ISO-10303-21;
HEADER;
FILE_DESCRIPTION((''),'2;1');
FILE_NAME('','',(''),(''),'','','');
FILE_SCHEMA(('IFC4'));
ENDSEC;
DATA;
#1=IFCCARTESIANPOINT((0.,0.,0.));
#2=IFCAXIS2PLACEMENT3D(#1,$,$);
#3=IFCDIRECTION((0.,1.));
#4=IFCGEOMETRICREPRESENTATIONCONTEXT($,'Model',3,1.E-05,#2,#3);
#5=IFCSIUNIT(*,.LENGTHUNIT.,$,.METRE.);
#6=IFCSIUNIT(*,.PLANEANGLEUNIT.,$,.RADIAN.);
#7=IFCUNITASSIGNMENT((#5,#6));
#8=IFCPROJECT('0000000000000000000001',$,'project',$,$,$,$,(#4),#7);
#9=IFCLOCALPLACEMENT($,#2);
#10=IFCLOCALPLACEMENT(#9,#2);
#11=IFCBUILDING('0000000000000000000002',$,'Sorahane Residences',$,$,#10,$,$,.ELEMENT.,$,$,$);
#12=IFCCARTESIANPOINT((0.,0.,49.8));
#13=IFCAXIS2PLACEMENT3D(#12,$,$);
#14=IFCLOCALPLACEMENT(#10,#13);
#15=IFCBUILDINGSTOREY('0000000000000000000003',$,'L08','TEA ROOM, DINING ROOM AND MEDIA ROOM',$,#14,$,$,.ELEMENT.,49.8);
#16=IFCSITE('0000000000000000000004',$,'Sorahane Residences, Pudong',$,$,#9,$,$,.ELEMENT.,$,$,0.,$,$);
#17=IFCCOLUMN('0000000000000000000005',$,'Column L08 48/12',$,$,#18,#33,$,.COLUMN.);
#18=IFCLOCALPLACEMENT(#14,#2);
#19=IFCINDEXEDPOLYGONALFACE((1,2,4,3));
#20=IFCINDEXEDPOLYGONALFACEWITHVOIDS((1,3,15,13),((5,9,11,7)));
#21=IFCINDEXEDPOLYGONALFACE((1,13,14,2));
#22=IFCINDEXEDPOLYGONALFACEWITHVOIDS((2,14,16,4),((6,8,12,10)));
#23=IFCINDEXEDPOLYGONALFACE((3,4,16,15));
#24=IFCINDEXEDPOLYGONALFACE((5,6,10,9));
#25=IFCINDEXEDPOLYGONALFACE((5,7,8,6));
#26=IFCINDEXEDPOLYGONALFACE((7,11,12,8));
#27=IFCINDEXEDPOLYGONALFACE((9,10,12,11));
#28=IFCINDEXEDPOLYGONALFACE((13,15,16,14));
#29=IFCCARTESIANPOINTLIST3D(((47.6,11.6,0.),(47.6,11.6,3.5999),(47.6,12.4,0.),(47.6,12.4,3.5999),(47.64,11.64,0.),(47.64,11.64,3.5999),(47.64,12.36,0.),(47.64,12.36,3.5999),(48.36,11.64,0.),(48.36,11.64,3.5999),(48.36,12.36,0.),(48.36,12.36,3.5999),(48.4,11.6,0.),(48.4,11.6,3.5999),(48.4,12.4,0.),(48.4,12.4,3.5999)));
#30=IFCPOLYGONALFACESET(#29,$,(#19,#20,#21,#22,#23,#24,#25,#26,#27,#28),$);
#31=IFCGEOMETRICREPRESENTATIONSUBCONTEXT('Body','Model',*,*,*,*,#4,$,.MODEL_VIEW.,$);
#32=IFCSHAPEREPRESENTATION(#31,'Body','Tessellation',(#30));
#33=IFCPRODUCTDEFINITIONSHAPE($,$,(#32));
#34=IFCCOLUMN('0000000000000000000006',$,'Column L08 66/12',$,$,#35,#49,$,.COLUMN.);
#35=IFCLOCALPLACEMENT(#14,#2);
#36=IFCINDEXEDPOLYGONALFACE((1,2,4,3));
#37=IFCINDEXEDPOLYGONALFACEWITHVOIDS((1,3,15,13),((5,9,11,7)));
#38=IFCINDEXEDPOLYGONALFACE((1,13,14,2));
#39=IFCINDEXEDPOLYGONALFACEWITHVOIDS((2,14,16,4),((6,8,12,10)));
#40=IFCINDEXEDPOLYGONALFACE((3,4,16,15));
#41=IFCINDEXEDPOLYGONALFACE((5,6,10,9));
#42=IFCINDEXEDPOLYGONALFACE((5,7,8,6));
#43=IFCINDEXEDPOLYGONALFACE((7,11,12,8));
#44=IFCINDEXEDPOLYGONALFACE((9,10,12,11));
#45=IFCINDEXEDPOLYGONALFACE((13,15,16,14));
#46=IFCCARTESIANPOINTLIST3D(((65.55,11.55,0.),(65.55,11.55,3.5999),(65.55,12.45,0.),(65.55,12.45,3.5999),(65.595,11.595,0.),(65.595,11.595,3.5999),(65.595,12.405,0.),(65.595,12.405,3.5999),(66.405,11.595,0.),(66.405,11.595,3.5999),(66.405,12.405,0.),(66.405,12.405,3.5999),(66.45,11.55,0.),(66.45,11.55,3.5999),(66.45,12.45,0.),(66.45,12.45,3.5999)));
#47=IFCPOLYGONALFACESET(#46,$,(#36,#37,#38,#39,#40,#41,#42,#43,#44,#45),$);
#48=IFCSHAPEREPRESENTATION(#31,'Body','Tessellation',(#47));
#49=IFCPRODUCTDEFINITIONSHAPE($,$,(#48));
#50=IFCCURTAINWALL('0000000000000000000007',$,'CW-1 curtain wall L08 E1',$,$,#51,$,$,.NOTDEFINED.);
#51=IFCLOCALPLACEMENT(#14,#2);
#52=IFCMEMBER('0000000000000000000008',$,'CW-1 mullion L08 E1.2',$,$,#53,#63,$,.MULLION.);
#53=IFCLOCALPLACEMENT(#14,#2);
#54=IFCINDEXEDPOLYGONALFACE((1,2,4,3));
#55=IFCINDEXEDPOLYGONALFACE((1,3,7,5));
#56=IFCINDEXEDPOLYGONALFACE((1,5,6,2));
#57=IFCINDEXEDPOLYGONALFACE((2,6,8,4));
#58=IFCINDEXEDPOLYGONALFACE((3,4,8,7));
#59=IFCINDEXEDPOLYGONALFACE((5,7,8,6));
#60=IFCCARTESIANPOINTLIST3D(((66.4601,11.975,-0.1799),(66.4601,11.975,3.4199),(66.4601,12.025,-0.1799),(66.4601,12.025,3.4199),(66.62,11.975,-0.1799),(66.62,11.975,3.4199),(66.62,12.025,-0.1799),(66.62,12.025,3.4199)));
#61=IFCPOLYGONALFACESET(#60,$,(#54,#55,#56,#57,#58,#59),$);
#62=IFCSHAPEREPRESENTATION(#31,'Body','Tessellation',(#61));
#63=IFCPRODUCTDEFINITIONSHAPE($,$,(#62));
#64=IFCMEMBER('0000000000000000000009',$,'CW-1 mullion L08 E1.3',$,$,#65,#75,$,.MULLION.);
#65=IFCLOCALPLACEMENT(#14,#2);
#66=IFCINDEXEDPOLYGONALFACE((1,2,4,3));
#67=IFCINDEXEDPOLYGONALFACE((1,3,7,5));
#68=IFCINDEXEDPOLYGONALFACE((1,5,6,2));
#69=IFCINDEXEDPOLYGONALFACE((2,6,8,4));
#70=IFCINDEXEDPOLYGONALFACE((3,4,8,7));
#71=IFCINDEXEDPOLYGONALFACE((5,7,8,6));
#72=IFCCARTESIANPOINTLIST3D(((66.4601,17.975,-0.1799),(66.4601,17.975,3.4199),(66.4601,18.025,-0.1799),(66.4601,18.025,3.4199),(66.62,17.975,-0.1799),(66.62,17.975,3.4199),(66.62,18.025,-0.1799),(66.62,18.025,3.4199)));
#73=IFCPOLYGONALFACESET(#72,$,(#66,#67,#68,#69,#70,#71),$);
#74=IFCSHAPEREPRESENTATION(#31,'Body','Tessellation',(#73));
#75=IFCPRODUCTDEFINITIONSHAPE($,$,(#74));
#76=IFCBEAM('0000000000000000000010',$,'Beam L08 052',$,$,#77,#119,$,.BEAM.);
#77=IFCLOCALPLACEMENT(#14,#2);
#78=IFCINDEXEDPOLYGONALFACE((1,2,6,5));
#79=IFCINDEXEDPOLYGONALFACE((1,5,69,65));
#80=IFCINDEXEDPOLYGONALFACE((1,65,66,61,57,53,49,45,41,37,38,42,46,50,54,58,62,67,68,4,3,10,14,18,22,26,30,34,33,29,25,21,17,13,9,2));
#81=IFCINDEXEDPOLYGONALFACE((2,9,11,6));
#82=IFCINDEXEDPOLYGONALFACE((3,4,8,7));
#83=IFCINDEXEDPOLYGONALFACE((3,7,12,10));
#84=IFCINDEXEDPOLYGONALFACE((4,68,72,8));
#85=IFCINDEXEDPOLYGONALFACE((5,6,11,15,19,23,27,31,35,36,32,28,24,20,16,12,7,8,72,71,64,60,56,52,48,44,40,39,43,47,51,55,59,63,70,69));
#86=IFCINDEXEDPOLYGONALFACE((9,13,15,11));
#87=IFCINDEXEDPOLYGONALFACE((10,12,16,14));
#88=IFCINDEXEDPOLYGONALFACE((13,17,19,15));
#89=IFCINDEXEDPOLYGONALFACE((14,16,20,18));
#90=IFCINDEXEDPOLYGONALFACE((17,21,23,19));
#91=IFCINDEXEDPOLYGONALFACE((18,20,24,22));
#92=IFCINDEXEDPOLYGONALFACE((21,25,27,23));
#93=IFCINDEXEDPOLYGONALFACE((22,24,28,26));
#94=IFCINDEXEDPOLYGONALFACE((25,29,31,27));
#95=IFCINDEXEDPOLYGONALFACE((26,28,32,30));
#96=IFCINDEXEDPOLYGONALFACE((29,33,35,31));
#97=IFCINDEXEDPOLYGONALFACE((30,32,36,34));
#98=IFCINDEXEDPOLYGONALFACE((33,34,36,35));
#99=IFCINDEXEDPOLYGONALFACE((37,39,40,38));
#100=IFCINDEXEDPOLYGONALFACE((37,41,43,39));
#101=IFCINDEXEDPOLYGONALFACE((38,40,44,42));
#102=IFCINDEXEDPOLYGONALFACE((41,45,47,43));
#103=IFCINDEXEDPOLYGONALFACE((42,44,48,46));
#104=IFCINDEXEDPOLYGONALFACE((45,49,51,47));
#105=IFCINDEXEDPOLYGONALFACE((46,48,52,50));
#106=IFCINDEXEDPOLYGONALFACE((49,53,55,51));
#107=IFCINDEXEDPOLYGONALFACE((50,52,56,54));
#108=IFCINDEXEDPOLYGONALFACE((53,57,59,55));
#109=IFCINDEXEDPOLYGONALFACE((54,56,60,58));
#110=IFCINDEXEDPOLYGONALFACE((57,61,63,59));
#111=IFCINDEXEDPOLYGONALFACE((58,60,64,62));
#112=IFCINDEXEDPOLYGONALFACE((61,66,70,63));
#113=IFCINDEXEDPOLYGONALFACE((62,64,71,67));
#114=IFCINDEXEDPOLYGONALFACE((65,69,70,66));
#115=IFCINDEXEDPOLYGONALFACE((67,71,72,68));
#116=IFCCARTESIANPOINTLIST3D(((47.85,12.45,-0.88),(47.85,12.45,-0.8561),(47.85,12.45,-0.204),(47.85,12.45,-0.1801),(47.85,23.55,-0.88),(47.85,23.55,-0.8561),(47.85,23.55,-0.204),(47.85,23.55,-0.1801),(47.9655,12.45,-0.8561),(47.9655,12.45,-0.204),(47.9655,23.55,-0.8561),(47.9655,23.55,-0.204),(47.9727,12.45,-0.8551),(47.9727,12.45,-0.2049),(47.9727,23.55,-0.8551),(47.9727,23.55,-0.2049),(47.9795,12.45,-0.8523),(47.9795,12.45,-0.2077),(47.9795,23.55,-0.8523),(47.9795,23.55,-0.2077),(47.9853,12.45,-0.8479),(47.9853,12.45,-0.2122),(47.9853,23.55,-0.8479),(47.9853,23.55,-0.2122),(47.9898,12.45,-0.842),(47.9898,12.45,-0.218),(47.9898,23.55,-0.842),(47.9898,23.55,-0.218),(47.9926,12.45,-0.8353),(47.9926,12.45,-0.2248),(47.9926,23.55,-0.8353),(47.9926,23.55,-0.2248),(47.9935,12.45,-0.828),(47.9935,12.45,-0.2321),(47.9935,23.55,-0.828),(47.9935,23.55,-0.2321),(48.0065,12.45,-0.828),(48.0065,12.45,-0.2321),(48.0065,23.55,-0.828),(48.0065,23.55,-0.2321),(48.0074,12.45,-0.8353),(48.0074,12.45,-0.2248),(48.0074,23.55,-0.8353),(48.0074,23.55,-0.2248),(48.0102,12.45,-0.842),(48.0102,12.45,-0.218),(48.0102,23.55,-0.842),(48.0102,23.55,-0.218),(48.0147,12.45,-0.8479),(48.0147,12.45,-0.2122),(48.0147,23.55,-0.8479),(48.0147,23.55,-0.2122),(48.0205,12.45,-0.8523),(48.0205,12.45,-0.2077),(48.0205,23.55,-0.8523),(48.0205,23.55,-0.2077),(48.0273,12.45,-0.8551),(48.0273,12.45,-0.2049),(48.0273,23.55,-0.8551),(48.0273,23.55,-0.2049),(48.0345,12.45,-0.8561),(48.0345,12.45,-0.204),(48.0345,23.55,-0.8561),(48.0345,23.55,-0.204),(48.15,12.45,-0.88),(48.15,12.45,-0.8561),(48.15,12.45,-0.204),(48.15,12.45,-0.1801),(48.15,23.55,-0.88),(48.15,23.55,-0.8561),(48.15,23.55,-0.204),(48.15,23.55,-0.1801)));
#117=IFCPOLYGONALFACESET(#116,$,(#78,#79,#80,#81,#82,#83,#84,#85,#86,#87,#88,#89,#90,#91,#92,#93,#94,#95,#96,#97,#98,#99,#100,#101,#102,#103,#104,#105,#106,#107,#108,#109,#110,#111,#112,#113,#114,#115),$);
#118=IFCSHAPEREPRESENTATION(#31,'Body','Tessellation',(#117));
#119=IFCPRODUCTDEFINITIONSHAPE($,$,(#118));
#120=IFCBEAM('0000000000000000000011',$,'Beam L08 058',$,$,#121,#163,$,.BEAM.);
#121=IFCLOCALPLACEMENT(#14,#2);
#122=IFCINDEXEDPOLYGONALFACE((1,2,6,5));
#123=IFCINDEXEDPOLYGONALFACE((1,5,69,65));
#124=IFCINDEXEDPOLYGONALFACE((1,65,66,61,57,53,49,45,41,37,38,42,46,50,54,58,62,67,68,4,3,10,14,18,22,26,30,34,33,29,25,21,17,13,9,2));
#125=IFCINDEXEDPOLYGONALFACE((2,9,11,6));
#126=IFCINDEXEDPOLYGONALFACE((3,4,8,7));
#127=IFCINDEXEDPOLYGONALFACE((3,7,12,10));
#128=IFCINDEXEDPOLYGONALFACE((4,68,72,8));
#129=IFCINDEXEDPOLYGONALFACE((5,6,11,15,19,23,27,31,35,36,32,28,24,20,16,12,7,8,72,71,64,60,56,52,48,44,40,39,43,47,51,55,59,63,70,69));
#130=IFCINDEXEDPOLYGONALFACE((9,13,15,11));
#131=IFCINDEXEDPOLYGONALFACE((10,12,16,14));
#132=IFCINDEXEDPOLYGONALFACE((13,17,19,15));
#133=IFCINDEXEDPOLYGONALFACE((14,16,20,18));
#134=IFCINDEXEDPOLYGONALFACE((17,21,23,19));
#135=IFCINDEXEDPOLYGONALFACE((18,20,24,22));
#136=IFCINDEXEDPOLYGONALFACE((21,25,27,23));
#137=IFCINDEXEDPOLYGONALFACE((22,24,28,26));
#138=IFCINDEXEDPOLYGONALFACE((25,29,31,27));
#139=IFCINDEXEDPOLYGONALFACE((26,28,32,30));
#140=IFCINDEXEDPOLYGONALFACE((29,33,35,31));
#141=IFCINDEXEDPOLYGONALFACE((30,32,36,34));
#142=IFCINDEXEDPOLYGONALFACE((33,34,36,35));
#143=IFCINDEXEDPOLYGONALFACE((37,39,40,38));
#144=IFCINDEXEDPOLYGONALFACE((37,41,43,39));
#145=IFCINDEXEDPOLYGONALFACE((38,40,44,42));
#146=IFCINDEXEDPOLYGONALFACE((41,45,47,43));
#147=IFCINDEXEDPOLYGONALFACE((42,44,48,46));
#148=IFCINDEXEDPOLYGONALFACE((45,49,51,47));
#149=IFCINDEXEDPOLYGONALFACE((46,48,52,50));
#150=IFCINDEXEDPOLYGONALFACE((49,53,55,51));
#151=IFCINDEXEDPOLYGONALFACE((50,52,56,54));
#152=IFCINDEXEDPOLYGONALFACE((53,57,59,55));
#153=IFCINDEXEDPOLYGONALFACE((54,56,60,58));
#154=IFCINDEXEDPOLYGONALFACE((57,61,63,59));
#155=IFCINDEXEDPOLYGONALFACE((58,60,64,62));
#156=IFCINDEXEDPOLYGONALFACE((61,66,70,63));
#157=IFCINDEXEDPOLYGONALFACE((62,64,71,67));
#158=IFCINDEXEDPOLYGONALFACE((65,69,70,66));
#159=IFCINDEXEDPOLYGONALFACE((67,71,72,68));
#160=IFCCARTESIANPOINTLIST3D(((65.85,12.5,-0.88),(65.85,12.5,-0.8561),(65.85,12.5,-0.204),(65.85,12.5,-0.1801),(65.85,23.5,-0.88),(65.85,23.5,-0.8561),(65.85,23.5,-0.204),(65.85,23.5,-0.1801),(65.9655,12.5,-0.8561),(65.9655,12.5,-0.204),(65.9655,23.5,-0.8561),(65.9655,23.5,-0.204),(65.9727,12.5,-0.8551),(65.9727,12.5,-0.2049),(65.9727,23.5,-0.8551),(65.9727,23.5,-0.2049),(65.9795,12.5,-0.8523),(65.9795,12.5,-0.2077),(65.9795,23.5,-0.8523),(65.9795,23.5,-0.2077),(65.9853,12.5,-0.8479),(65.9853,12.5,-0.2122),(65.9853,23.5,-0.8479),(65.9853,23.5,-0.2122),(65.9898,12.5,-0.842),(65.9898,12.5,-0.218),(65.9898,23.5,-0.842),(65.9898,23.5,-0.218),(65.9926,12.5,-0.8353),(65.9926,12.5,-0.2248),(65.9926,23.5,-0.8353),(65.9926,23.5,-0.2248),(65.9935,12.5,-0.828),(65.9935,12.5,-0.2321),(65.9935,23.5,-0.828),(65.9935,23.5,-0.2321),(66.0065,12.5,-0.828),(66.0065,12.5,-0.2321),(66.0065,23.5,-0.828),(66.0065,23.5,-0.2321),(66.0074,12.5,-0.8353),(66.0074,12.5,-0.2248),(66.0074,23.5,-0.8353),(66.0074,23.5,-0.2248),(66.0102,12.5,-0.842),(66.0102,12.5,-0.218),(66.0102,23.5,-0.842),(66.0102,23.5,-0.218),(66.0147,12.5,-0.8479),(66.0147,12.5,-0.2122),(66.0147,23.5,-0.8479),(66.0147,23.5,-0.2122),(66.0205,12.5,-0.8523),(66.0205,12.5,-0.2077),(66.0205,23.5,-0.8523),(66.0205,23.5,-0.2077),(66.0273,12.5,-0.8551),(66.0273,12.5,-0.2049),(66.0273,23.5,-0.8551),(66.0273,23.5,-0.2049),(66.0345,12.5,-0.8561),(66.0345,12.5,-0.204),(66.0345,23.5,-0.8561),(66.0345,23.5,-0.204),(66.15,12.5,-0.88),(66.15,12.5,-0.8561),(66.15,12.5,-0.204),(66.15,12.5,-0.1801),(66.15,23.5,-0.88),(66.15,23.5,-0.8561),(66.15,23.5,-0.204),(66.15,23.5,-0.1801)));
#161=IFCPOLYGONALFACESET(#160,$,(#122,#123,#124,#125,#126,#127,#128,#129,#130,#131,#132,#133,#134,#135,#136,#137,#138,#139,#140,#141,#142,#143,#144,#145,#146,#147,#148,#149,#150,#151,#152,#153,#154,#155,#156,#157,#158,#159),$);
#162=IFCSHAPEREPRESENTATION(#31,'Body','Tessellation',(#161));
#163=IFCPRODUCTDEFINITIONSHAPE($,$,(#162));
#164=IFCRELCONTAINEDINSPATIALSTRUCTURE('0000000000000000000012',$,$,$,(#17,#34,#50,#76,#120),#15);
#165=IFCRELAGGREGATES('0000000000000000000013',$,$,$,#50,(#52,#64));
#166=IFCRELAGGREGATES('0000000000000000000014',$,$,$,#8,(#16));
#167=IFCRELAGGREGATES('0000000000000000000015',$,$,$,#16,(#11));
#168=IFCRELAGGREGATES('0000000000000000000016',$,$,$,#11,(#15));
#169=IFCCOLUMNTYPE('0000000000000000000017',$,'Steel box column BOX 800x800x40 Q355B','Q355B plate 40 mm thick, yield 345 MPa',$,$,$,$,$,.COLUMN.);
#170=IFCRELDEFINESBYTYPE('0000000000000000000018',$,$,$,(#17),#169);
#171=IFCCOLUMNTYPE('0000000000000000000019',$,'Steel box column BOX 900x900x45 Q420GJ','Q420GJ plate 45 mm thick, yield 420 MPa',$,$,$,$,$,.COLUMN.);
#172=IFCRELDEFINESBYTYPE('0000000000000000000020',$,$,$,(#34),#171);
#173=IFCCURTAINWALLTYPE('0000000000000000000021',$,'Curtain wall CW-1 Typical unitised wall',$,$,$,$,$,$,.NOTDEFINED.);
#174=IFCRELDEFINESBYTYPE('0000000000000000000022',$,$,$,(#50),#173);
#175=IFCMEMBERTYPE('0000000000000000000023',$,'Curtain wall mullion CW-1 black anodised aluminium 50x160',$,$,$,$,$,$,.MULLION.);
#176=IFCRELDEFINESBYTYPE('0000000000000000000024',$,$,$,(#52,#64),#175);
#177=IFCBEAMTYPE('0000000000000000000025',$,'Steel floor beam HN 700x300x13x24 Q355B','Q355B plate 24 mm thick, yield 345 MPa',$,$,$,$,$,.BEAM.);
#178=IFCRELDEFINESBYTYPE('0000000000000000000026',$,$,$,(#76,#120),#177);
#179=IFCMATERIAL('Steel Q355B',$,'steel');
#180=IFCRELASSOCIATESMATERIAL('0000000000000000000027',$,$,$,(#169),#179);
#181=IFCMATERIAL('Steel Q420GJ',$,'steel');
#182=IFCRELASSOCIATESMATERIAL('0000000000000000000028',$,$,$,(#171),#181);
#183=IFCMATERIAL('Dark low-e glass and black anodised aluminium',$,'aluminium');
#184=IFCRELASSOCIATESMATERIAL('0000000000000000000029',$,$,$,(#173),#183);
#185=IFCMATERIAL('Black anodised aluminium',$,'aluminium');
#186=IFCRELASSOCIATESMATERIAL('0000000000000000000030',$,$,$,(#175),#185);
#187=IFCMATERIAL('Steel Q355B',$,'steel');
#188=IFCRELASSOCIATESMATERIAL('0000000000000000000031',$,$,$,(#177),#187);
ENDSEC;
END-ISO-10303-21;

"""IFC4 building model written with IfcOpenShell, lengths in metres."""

from ifc_helpers import new_model, si_unit, direction, frame, origin, origin_2d, place, context, subcontext, project, spatial, rectangle, hollow_rectangle, i_section, extrude, material, material_profile, profile_set, type_object, element, aggregate, save


model = new_model("IFC4")

# Units and contexts
model_context = context("Model", 3, precision=1e-05, world=origin(), true_north=direction((0.0, 1.0)))
body_context = subcontext(model_context, "Body", "Model", "MODEL_VIEW")
ifc_project = project(units=[si_unit("LENGTHUNIT", "METRE"), si_unit("PLANEANGLEUNIT", "RADIAN")], contexts=[model_context])

# Site, building, storey
site_placement = place(None, origin())
site = spatial("IfcSite", under=ifc_project, at=site_placement, Name="Sorahane Residences, Pudong", CompositionType="ELEMENT", RefElevation=0.0)
building_placement = place(site_placement, origin())
building = spatial("IfcBuilding", under=site, at=building_placement, Name="Sorahane Residences", CompositionType="ELEMENT")
storey_placement = place(building_placement, frame((0.0, 0.0, 49.8)))
storey = spatial("IfcBuildingStorey", under=building, at=storey_placement, Name="L08", Description="TEA ROOM, DINING ROOM AND MEDIA ROOM", CompositionType="ELEMENT", Elevation=49.8)

# Columns
ifc_material_1 = material(Name="Steel Q355B", Category="steel")
ifc_material_profile_1 = material_profile(ifc_material_1, hollow_rectangle(XDim=0.8, YDim=0.8, WallThickness=0.04, at=origin_2d()), Name="BOX 800x800x40")
ifc_profile_set_1 = profile_set([ifc_material_profile_1], Name="Steel Q355B")
column_type_1 = type_object("IfcColumnType", Name="Steel box column BOX 800x800x40 Q355B", Description="Q355B plate 40 mm thick, yield 345 MPa", PredefinedType="COLUMN", material=ifc_profile_set_1)
column_1_placement = place(storey_placement, frame((48.0, 12.0, 0.0), z_axis=(0.0, 0.0, 1.0), x_axis=(1.0, 0.0, 0.0)))
element("IfcColumn", 1, at=column_1_placement, inside=storey, type_object=column_type_1, Name="Column L08 48/12", PredefinedType="COLUMN", context=body_context, shape_type="SweptSolid", body=[
    extrude(hollow_rectangle(XDim=0.8, YDim=0.8, WallThickness=0.04, at=origin_2d()), origin(), (0.0, 0.0, 1.0), 3.5999),
])
ifc_material_2 = material(Name="Steel Q420GJ", Category="steel")
ifc_material_profile_2 = material_profile(ifc_material_2, hollow_rectangle(XDim=0.8999, YDim=0.8999, WallThickness=0.0449, at=origin_2d()), Name="BOX 900x900x45")
ifc_profile_set_2 = profile_set([ifc_material_profile_2], Name="Steel Q420GJ")
column_type_2 = type_object("IfcColumnType", Name="Steel box column BOX 900x900x45 Q420GJ", Description="Q420GJ plate 45 mm thick, yield 420 MPa", PredefinedType="COLUMN", material=ifc_profile_set_2)
column_2_placement = place(storey_placement, frame((66.0, 12.0, 0.0), z_axis=(0.0, 0.0, 1.0), x_axis=(1.0, 0.0, 0.0)))
element("IfcColumn", 2, at=column_2_placement, inside=storey, type_object=column_type_2, Name="Column L08 66/12", PredefinedType="COLUMN", context=body_context, shape_type="SweptSolid", body=[
    extrude(hollow_rectangle(XDim=0.8999, YDim=0.8999, WallThickness=0.0449, at=origin_2d()), origin(), (0.0, 0.0, 1.0), 3.5999),
])

# Curtain wall, members
ifc_material_3 = material(Name="Dark low-e glass and black anodised aluminium", Category="aluminium")
curtain_wall_type = type_object("IfcCurtainWallType", Name="Curtain wall CW-1 Typical unitised wall", PredefinedType="NOTDEFINED", material=ifc_material_3)
curtain_wall_placement = place(storey_placement, origin())
curtain_wall = element("IfcCurtainWall", 3, at=curtain_wall_placement, inside=storey, type_object=curtain_wall_type, Name="CW-1 curtain wall L08 E1", PredefinedType="NOTDEFINED")
ifc_material_4 = material(Name="Black anodised aluminium", Category="aluminium")
ifc_material_profile_3 = material_profile(ifc_material_4, rectangle(XDim=0.1599, YDim=0.05, at=origin_2d()), Name="Curtain wall mullion CW-1 black anodised aluminium 50x160")
ifc_profile_set_3 = profile_set([ifc_material_profile_3], Name="Black anodised aluminium")
member_type = type_object("IfcMemberType", Name="Curtain wall mullion CW-1 black anodised aluminium 50x160", PredefinedType="MULLION", material=ifc_profile_set_3)
member_1_placement = place(storey_placement, frame((66.54, 12.0, -0.1799), z_axis=(0.0, 0.0, 1.0), x_axis=(1.0, 0.0, 0.0)))
member_1 = element("IfcMember", 4, at=member_1_placement, type_object=member_type, Name="CW-1 mullion L08 E1.2", PredefinedType="MULLION", context=body_context, shape_type="SweptSolid", body=[
    extrude(rectangle(XDim=0.1599, YDim=0.05, at=origin_2d()), origin(), (0.0, 0.0, 1.0), 3.5999),
])
member_2_placement = place(storey_placement, frame((66.54, 18.0, -0.1799), z_axis=(0.0, 0.0, 1.0), x_axis=(1.0, 0.0, 0.0)))
member_2 = element("IfcMember", 5, at=member_2_placement, type_object=member_type, Name="CW-1 mullion L08 E1.3", PredefinedType="MULLION", context=body_context, shape_type="SweptSolid", body=[
    extrude(rectangle(XDim=0.1599, YDim=0.05, at=origin_2d()), origin(), (0.0, 0.0, 1.0), 3.5999),
])

# Beams
ifc_material_5 = material(Name="Steel Q355B", Category="steel")
ifc_material_profile_4 = material_profile(ifc_material_5, i_section(OverallWidth=0.3, OverallDepth=0.7, WebThickness=0.0129, FlangeThickness=0.0239, FilletRadius=0.0281, at=origin_2d()), Name="HN 700x300x13x24")
ifc_profile_set_4 = profile_set([ifc_material_profile_4], Name="Steel Q355B")
beam_type_1 = type_object("IfcBeamType", Name="Steel floor beam HN 700x300x13x24 Q355B", Description="Q355B plate 24 mm thick, yield 345 MPa", PredefinedType="BEAM", material=ifc_profile_set_4)
beam_1_placement = place(storey_placement, frame((48.0, 12.45, -0.53), z_axis=(0.0, 1.0, 0.0), x_axis=(-1.0, 0.0, 0.0)))
element("IfcBeam", 6, at=beam_1_placement, inside=storey, type_object=beam_type_1, Name="Beam L08 052", PredefinedType="BEAM", context=body_context, shape_type="SweptSolid", body=[
    extrude(i_section(OverallWidth=0.3, OverallDepth=0.7, WebThickness=0.0129, FlangeThickness=0.0239, FilletRadius=0.0281, at=origin_2d()), origin(), (0.0, 0.0, 1.0), 11.1001),
])
beam_2_placement = place(storey_placement, frame((66.0, 12.5, -0.53), z_axis=(0.0, 1.0, 0.0), x_axis=(-1.0, 0.0, 0.0)))
element("IfcBeam", 7, at=beam_2_placement, inside=storey, type_object=beam_type_1, Name="Beam L08 058", PredefinedType="BEAM", context=body_context, shape_type="SweptSolid", body=[
    extrude(i_section(OverallWidth=0.3, OverallDepth=0.7, WebThickness=0.0129, FlangeThickness=0.0239, FilletRadius=0.0281, at=origin_2d()), origin(), (0.0, 0.0, 1.0), 11.0),
])

aggregate(curtain_wall, [member_1, member_2])

save(model, "model.ifc")
